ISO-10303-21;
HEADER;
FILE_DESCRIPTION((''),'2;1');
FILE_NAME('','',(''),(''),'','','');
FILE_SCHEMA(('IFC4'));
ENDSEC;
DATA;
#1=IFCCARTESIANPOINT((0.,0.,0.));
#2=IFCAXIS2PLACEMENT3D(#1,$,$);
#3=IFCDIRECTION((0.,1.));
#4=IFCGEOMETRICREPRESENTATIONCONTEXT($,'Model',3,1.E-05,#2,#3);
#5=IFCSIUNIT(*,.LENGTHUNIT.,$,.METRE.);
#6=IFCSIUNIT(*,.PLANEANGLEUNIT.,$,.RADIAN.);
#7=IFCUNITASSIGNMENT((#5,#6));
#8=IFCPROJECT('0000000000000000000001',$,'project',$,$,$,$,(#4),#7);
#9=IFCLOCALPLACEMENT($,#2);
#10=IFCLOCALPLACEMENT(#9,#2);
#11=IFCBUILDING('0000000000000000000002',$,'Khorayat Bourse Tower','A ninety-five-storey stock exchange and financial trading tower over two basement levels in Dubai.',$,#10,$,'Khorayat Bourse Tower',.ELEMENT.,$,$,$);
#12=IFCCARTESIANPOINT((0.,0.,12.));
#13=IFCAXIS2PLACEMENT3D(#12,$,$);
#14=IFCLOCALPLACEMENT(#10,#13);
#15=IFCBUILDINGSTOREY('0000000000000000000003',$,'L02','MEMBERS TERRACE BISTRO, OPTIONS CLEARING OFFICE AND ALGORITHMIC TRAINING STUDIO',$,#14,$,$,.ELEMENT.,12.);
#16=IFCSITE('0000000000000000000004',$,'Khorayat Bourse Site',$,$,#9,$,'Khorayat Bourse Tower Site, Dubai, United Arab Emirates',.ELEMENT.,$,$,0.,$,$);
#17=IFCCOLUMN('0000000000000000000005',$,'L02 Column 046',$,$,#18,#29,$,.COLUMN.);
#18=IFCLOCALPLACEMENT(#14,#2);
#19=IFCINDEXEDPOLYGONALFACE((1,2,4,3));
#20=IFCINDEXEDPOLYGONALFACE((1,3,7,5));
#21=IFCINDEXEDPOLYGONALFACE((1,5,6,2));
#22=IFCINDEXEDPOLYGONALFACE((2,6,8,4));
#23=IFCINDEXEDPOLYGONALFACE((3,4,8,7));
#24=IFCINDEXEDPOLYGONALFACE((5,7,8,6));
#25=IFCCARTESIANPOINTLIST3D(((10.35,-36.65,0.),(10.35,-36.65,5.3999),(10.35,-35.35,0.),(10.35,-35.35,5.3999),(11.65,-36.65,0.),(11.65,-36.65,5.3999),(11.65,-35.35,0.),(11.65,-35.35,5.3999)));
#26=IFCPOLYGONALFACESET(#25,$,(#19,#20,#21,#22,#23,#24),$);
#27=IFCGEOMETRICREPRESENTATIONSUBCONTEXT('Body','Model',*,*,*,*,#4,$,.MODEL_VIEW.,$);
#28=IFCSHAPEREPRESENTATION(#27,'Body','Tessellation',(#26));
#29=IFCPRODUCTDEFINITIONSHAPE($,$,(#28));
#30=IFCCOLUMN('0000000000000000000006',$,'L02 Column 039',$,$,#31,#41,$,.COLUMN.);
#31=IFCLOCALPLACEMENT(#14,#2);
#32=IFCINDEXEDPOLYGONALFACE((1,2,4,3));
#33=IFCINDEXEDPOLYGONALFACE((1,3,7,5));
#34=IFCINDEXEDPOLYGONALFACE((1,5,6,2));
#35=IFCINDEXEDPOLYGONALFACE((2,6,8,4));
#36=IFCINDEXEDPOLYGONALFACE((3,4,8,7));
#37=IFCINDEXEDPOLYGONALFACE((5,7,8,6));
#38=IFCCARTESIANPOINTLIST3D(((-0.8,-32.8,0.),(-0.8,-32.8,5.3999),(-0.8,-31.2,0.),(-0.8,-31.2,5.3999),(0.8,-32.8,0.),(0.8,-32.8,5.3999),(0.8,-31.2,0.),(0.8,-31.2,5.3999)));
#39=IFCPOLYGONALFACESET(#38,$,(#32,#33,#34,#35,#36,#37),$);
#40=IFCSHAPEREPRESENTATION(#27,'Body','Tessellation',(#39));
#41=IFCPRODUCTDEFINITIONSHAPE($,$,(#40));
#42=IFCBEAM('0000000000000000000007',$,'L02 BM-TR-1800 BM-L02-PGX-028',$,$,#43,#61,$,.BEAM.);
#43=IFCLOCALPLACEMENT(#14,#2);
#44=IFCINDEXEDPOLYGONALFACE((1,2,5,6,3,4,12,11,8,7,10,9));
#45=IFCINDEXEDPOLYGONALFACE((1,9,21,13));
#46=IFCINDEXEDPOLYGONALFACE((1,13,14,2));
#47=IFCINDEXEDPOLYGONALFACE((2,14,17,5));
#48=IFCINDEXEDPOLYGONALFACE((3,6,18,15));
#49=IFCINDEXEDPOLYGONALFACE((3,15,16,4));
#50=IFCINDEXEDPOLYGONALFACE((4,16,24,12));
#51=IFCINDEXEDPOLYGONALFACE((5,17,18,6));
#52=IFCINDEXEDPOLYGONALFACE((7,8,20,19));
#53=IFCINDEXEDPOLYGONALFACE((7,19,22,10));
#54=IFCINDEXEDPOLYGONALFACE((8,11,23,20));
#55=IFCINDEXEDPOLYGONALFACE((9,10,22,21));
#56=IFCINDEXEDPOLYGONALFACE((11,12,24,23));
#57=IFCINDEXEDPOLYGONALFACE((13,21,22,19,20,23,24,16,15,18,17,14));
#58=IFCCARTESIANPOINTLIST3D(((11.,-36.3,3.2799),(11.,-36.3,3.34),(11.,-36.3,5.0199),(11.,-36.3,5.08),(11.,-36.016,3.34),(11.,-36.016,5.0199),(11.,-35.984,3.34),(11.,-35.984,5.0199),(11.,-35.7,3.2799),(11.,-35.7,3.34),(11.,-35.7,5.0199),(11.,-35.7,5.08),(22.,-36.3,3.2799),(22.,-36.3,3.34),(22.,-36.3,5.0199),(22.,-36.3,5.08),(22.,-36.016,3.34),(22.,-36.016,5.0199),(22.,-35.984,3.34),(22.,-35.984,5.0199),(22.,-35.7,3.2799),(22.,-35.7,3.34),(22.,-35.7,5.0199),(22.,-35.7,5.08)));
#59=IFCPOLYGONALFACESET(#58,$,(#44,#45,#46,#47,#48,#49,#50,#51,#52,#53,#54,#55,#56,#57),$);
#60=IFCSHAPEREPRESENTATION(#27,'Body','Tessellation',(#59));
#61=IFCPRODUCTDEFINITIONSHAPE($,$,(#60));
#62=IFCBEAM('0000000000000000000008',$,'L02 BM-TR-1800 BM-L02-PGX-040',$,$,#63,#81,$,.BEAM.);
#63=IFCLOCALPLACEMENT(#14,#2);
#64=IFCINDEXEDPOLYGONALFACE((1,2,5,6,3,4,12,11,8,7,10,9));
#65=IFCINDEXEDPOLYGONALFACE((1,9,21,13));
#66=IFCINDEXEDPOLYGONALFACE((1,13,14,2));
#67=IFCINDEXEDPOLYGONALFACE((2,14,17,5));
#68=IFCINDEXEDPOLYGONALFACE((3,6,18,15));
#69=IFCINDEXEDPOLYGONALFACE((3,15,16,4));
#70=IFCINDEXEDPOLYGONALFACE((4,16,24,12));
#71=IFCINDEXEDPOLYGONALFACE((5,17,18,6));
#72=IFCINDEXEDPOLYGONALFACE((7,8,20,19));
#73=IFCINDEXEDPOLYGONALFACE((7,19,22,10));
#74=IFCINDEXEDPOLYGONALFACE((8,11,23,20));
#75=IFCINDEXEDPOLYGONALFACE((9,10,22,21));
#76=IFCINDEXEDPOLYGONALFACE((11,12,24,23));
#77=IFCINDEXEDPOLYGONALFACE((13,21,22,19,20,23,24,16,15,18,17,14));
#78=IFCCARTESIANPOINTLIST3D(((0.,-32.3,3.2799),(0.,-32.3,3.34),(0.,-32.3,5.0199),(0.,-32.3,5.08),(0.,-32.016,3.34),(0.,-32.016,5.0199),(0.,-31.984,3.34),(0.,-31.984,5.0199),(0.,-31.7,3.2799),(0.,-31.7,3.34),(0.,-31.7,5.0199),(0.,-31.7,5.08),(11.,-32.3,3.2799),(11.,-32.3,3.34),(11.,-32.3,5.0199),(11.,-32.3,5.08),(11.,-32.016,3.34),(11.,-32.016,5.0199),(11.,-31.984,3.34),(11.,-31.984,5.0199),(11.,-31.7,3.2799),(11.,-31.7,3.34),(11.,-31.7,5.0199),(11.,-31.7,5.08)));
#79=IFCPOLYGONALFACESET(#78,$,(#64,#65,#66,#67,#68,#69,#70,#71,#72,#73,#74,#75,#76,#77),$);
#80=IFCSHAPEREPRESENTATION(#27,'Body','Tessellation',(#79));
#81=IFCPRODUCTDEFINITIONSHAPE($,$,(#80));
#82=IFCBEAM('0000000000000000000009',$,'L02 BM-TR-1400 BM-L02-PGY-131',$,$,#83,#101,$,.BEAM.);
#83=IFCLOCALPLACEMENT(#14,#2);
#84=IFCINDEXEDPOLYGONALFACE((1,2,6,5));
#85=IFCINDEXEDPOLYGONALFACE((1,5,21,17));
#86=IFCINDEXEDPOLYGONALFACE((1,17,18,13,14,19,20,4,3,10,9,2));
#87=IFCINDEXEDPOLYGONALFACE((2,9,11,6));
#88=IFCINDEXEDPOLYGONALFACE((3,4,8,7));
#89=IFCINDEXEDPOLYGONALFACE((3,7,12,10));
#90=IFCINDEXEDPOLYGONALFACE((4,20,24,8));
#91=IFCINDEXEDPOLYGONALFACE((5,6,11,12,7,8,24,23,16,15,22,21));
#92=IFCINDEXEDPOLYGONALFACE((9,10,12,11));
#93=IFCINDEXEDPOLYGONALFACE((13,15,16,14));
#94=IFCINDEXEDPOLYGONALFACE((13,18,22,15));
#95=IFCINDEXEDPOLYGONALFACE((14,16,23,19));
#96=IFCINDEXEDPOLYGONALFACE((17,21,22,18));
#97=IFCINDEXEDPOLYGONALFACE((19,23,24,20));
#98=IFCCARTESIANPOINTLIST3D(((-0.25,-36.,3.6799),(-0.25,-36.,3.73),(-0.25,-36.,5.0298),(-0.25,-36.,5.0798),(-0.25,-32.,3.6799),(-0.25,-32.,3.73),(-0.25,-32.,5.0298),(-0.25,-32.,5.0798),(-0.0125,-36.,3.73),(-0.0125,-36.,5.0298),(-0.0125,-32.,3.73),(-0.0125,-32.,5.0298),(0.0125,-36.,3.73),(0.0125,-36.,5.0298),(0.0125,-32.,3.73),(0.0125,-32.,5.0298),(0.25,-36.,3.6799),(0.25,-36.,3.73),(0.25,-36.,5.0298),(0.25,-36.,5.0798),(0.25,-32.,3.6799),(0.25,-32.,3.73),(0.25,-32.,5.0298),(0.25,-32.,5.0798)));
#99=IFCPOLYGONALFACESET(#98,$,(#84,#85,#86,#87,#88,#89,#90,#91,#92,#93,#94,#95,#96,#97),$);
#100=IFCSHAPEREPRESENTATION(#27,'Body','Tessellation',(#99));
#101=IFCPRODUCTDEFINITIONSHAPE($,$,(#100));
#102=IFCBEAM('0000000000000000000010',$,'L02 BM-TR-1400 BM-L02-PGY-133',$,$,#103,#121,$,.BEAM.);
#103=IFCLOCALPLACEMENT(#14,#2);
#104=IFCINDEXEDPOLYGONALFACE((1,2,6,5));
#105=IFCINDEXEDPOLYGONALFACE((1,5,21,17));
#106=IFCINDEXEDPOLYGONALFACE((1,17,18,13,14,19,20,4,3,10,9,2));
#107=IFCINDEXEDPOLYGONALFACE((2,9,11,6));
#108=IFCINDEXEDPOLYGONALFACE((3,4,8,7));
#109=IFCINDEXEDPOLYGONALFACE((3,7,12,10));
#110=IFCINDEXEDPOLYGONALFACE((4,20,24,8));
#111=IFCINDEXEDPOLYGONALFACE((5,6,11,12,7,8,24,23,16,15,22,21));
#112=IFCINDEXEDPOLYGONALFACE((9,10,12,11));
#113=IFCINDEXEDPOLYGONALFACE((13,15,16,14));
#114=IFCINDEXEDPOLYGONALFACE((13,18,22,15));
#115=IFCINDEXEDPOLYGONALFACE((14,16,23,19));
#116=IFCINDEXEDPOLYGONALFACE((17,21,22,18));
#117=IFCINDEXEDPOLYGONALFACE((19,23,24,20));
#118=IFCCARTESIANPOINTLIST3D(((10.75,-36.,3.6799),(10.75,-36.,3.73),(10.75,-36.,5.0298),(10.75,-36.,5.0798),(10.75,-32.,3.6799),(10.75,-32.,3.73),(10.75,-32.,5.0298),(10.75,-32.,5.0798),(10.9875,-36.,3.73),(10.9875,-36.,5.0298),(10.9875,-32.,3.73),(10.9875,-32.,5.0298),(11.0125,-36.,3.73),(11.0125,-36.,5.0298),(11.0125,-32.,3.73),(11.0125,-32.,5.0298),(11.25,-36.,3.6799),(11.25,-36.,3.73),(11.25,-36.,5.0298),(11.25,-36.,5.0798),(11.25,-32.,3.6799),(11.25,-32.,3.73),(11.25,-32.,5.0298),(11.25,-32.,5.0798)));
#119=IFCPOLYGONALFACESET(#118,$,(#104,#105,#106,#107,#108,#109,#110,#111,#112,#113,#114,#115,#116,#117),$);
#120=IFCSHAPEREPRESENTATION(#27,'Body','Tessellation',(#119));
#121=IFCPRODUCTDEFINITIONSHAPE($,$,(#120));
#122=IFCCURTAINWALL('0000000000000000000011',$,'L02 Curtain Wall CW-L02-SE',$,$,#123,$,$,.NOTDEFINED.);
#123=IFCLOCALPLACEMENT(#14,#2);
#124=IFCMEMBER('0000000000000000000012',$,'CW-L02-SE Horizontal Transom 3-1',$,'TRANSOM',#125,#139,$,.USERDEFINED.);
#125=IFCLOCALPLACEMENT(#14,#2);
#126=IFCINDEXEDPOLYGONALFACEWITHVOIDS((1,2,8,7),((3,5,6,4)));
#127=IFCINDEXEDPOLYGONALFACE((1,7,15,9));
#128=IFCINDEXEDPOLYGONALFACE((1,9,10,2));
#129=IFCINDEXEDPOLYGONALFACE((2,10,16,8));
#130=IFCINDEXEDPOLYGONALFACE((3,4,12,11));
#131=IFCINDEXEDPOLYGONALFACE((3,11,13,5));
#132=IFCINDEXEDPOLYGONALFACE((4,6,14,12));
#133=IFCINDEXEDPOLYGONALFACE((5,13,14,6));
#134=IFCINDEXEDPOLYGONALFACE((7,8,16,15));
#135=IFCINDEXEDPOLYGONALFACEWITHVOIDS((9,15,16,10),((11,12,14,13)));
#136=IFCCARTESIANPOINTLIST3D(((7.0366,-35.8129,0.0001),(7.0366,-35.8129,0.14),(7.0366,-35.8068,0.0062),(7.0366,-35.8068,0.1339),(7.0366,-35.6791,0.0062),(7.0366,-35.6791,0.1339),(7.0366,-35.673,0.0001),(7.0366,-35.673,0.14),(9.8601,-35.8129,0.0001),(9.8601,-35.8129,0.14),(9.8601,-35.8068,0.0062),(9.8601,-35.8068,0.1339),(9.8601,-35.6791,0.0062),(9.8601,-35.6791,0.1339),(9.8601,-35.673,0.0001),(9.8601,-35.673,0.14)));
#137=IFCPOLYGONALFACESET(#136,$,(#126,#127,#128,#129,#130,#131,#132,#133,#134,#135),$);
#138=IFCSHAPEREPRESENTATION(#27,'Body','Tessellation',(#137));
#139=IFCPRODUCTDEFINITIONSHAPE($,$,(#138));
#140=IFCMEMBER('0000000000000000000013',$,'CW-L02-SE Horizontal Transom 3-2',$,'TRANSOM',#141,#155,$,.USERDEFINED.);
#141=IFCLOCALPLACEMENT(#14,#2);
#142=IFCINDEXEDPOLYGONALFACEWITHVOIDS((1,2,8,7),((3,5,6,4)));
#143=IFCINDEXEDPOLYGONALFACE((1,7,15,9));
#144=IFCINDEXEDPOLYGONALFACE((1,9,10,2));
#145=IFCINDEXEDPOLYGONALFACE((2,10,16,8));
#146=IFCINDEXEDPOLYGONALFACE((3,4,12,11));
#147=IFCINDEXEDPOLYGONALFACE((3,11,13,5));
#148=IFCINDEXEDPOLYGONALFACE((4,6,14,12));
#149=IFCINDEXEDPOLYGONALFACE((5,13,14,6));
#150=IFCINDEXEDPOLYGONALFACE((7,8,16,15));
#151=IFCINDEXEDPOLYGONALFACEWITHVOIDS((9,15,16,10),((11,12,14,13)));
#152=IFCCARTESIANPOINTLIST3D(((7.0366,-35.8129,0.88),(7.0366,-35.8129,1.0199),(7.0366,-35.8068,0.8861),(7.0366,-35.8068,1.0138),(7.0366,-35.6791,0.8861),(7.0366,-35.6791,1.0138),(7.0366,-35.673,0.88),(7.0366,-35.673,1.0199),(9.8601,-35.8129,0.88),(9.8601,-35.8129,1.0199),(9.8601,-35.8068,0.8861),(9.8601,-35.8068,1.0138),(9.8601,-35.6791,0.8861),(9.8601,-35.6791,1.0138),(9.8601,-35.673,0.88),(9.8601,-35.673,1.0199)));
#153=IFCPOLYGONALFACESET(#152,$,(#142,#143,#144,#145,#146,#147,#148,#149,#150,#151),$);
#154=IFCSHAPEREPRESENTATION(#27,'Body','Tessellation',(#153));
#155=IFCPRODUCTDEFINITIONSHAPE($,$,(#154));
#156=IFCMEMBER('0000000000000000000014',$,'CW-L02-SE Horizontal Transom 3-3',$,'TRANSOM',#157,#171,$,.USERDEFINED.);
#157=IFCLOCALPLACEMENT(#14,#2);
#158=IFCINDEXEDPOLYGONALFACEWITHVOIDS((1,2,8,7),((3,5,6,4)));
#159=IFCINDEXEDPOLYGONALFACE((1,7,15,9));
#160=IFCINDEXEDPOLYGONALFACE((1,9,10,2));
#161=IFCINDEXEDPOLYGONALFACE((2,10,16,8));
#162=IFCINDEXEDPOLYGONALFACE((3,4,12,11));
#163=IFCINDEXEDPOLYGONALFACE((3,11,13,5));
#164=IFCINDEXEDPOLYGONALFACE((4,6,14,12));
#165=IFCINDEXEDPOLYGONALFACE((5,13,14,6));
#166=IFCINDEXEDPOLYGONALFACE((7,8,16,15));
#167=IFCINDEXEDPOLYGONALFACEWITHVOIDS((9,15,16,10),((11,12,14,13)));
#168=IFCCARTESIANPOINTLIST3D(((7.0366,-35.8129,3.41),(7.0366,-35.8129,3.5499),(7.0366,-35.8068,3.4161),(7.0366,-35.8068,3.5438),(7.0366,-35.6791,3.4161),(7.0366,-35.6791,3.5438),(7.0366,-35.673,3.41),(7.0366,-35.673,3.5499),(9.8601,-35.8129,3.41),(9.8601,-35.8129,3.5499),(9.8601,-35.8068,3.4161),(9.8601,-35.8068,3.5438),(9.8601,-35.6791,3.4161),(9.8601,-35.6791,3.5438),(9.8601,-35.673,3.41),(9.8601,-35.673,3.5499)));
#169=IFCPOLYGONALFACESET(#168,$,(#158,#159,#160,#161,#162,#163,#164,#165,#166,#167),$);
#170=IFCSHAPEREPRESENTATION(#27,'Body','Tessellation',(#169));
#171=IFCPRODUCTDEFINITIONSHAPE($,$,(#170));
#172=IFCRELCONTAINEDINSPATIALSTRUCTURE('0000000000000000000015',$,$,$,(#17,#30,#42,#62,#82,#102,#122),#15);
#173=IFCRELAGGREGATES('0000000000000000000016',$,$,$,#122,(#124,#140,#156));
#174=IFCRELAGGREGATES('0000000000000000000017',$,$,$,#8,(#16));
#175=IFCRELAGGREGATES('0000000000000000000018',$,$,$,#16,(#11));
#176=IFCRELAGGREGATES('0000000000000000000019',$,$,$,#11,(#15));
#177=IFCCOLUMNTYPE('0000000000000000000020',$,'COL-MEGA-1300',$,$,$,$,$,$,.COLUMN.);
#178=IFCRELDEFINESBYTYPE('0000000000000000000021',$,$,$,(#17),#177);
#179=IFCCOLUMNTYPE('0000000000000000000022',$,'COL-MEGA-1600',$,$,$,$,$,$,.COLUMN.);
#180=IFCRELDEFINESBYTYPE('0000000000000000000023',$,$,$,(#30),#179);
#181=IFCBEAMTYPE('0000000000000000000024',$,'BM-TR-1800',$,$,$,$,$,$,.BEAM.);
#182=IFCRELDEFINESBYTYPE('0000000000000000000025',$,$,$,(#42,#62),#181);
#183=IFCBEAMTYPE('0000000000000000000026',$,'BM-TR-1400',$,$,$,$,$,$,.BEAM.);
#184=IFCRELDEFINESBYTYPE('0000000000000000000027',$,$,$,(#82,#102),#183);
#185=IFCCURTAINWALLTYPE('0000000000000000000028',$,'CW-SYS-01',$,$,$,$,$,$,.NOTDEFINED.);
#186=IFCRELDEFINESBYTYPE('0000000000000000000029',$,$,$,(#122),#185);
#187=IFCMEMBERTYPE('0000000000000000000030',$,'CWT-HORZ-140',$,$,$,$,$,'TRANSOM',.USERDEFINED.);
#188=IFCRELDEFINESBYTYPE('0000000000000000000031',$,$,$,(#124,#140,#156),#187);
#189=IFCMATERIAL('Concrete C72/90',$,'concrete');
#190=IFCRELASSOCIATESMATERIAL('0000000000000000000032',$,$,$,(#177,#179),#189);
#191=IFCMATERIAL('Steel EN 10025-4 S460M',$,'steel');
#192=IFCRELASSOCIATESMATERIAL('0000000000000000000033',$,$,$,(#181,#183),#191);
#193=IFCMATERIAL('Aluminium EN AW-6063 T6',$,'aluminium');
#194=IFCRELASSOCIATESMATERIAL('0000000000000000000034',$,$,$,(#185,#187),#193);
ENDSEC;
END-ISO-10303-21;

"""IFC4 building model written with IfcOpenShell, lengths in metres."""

from ifc_helpers import new_model, si_unit, direction, frame, origin, origin_2d, place, context, subcontext, project, spatial, rectangle, hollow_rectangle, i_section, extrude, source, transform, mapped, material, material_profile, profile_set, type_object, element, aggregate, save


model = new_model("IFC4")

# Units and contexts
model_context = context("Model", 3, precision=1e-05, world=origin(), true_north=direction((0.0, 1.0)))
body_context = subcontext(model_context, "Body", "Model", "MODEL_VIEW")
ifc_project = project(units=[si_unit("LENGTHUNIT", "METRE"), si_unit("PLANEANGLEUNIT", "RADIAN")], contexts=[model_context])

# Site, building, storey
site_placement = place(None, origin())
site = spatial("IfcSite", under=ifc_project, at=site_placement, Name="Khorayat Bourse Site", LongName="Khorayat Bourse Tower Site, Dubai, United Arab Emirates", CompositionType="ELEMENT", RefElevation=0.0)
building_placement = place(site_placement, origin())
building = spatial("IfcBuilding", under=site, at=building_placement, Name="Khorayat Bourse Tower", Description="A ninety-five-storey stock exchange and financial trading tower over two basement levels in Dubai.", LongName="Khorayat Bourse Tower", CompositionType="ELEMENT")
storey_placement = place(building_placement, frame((0.0, 0.0, 12.0)))
storey = spatial("IfcBuildingStorey", under=building, at=storey_placement, Name="L02", Description="MEMBERS TERRACE BISTRO, OPTIONS CLEARING OFFICE AND ALGORITHMIC TRAINING STUDIO", CompositionType="ELEMENT", Elevation=12.0)

# Columns
ifc_material_1 = material(Name="Concrete C72/90", Category="concrete")
ifc_material_profile_1 = material_profile(ifc_material_1, rectangle(XDim=1.3, YDim=1.3, at=origin_2d()), Name="RC 1300x1300")
ifc_profile_set_1 = profile_set([ifc_material_profile_1], Name="Concrete C72/90")
column_type_1 = type_object("IfcColumnType", Name="COL-MEGA-1300", PredefinedType="COLUMN", material=ifc_profile_set_1)
shared_shape_1 = source(origin(), body_context, "Body", "SweptSolid", [
    extrude(rectangle(XDim=1.3, YDim=1.3, at=origin_2d()), origin(), (0.0, 0.0, 1.0), 5.3999),
])
column_1_placement = place(storey_placement, frame((11.0, -36.0, 0.0), z_axis=(0.0, 0.0, 1.0), x_axis=(1.0, 0.0, 0.0)))
element("IfcColumn", 1, at=column_1_placement, inside=storey, type_object=column_type_1, Name="L02 Column 046", PredefinedType="COLUMN", context=body_context, shape_type="MappedRepresentation", body=[
    mapped(shared_shape_1, transform((0.0, 0.0, 0.0), scale=1.0)),
])
ifc_material_profile_2 = material_profile(ifc_material_1, rectangle(XDim=1.6001, YDim=1.6001, at=origin_2d()), Name="RC 1600x1600")
ifc_profile_set_2 = profile_set([ifc_material_profile_2], Name="Concrete C72/90")
column_type_2 = type_object("IfcColumnType", Name="COL-MEGA-1600", PredefinedType="COLUMN", material=ifc_profile_set_2)
shared_shape_2 = source(origin(), body_context, "Body", "SweptSolid", [
    extrude(rectangle(XDim=1.6001, YDim=1.6001, at=origin_2d()), origin(), (0.0, 0.0, 1.0), 5.3999),
])
column_2_placement = place(storey_placement, frame((0.0, -32.0, 0.0), z_axis=(0.0, 0.0, 1.0), x_axis=(1.0, 0.0, 0.0)))
element("IfcColumn", 2, at=column_2_placement, inside=storey, type_object=column_type_2, Name="L02 Column 039", PredefinedType="COLUMN", context=body_context, shape_type="MappedRepresentation", body=[
    mapped(shared_shape_2, transform((0.0, 0.0, 0.0), scale=1.0)),
])

# Beams
ifc_material_2 = material(Name="Steel EN 10025-4 S460M", Category="steel")
ifc_material_profile_3 = material_profile(ifc_material_2, i_section(OverallWidth=0.6001, OverallDepth=1.8, WebThickness=0.032, FlangeThickness=0.0601, at=origin_2d()), Name="PG 1800x600x32x60")
ifc_profile_set_3 = profile_set([ifc_material_profile_3], Name="Steel EN 10025-4 S460M")
beam_type_1 = type_object("IfcBeamType", Name="BM-TR-1800", PredefinedType="BEAM", material=ifc_profile_set_3)
shared_shape_3 = source(origin(), body_context, "Body", "SweptSolid", [
    extrude(i_section(OverallWidth=0.6001, OverallDepth=1.8, WebThickness=0.032, FlangeThickness=0.0601, at=origin_2d()), origin(), (0.0, 0.0, 1.0), 11.0),
])
for number, where, z_axis, x_axis, name in (
    (3, (11.0, -36.0, 4.1799), (1.0, 0.0, 0.0), (0.0, 1.0, 0.0), "L02 BM-TR-1800 BM-L02-PGX-028"),
    (4, (0.0, -32.0, 4.1799), (1.0, 0.0, 0.0), (0.0, 1.0, 0.0), "L02 BM-TR-1800 BM-L02-PGX-040"),
):
    element("IfcBeam", number, at=place(storey_placement, frame(where, z_axis=z_axis, x_axis=x_axis)), inside=storey, type_object=beam_type_1, Name=name, PredefinedType="BEAM", context=body_context, shape_type="MappedRepresentation", body=[
        mapped(shared_shape_3, transform((0.0, 0.0, 0.0), scale=1.0)),
    ])
ifc_material_profile_4 = material_profile(ifc_material_2, i_section(OverallWidth=0.5, OverallDepth=1.3999, WebThickness=0.0249, FlangeThickness=0.05, at=origin_2d()), Name="PG 1400x500x25x50")
ifc_profile_set_4 = profile_set([ifc_material_profile_4], Name="Steel EN 10025-4 S460M")
beam_type_2 = type_object("IfcBeamType", Name="BM-TR-1400", PredefinedType="BEAM", material=ifc_profile_set_4)
shared_shape_4 = source(origin(), body_context, "Body", "SweptSolid", [
    extrude(i_section(OverallWidth=0.5, OverallDepth=1.3999, WebThickness=0.0249, FlangeThickness=0.05, at=origin_2d()), origin(), (0.0, 0.0, 1.0), 4.0),
])
for number, where, z_axis, x_axis, name in (
    (5, (0.0, -36.0, 4.3799), (0.0, 1.0, 0.0), (-1.0, 0.0, 0.0), "L02 BM-TR-1400 BM-L02-PGY-131"),
    (6, (11.0, -36.0, 4.3799), (0.0, 1.0, 0.0), (-1.0, 0.0, 0.0), "L02 BM-TR-1400 BM-L02-PGY-133"),
):
    element("IfcBeam", number, at=place(storey_placement, frame(where, z_axis=z_axis, x_axis=x_axis)), inside=storey, type_object=beam_type_2, Name=name, PredefinedType="BEAM", context=body_context, shape_type="MappedRepresentation", body=[
        mapped(shared_shape_4, transform((0.0, 0.0, 0.0), scale=1.0)),
    ])

# Curtain wall, members
ifc_material_3 = material(Name="Aluminium EN AW-6063 T6", Category="aluminium")
curtain_wall_type = type_object("IfcCurtainWallType", Name="CW-SYS-01", PredefinedType="NOTDEFINED", material=ifc_material_3)
curtain_wall_1_placement = place(storey_placement, origin())
curtain_wall_1 = element("IfcCurtainWall", 7, at=curtain_wall_1_placement, inside=storey, type_object=curtain_wall_type, Name="L02 Curtain Wall CW-L02-SE", PredefinedType="NOTDEFINED")
ifc_material_profile_5 = material_profile(ifc_material_3, hollow_rectangle(XDim=0.1399, YDim=0.1399, WallThickness=0.0061, at=origin_2d()), Name="ALU 140x140x6")
ifc_profile_set_5 = profile_set([ifc_material_profile_5], Name="Aluminium EN AW-6063 T6")
member_type_1 = type_object("IfcMemberType", Name="CWT-HORZ-140", ElementType="TRANSOM", PredefinedType="USERDEFINED", material=ifc_profile_set_5)
shared_shape_5 = source(origin(), body_context, "Body", "SweptSolid", [
    extrude(hollow_rectangle(XDim=0.1399, YDim=0.1399, WallThickness=0.0061, at=origin_2d()), origin(), (0.0, 0.0, 1.0), 2.8235),
])
member_1_placement = place(storey_placement, frame((7.0366, -35.7429, 0.0701), z_axis=(1.0, 0.0, 0.0), x_axis=(0.0, 1.0, 0.0)))
member_1 = element("IfcMember", 8, at=member_1_placement, type_object=member_type_1, Name="CW-L02-SE Horizontal Transom 3-1", ObjectType="TRANSOM", PredefinedType="USERDEFINED", context=body_context, shape_type="MappedRepresentation", body=[
    mapped(shared_shape_5, transform((0.0, 0.0, 0.0), scale=1.0)),
])
member_2_placement = place(storey_placement, frame((7.0366, -35.7429, 0.95), z_axis=(1.0, 0.0, 0.0), x_axis=(0.0, 1.0, 0.0)))
member_2 = element("IfcMember", 9, at=member_2_placement, type_object=member_type_1, Name="CW-L02-SE Horizontal Transom 3-2", ObjectType="TRANSOM", PredefinedType="USERDEFINED", context=body_context, shape_type="MappedRepresentation", body=[
    mapped(shared_shape_5, transform((0.0, 0.0, 0.0), scale=1.0)),
])
member_3_placement = place(storey_placement, frame((7.0366, -35.7429, 3.48), z_axis=(1.0, 0.0, 0.0), x_axis=(0.0, 1.0, 0.0)))
member_3 = element("IfcMember", 10, at=member_3_placement, type_object=member_type_1, Name="CW-L02-SE Horizontal Transom 3-3", ObjectType="TRANSOM", PredefinedType="USERDEFINED", context=body_context, shape_type="MappedRepresentation", body=[
    mapped(shared_shape_5, transform((0.0, 0.0, 0.0), scale=1.0)),
])

aggregate(curtain_wall_1, [member_1, member_2, member_3])

save(model, "model.ifc")
